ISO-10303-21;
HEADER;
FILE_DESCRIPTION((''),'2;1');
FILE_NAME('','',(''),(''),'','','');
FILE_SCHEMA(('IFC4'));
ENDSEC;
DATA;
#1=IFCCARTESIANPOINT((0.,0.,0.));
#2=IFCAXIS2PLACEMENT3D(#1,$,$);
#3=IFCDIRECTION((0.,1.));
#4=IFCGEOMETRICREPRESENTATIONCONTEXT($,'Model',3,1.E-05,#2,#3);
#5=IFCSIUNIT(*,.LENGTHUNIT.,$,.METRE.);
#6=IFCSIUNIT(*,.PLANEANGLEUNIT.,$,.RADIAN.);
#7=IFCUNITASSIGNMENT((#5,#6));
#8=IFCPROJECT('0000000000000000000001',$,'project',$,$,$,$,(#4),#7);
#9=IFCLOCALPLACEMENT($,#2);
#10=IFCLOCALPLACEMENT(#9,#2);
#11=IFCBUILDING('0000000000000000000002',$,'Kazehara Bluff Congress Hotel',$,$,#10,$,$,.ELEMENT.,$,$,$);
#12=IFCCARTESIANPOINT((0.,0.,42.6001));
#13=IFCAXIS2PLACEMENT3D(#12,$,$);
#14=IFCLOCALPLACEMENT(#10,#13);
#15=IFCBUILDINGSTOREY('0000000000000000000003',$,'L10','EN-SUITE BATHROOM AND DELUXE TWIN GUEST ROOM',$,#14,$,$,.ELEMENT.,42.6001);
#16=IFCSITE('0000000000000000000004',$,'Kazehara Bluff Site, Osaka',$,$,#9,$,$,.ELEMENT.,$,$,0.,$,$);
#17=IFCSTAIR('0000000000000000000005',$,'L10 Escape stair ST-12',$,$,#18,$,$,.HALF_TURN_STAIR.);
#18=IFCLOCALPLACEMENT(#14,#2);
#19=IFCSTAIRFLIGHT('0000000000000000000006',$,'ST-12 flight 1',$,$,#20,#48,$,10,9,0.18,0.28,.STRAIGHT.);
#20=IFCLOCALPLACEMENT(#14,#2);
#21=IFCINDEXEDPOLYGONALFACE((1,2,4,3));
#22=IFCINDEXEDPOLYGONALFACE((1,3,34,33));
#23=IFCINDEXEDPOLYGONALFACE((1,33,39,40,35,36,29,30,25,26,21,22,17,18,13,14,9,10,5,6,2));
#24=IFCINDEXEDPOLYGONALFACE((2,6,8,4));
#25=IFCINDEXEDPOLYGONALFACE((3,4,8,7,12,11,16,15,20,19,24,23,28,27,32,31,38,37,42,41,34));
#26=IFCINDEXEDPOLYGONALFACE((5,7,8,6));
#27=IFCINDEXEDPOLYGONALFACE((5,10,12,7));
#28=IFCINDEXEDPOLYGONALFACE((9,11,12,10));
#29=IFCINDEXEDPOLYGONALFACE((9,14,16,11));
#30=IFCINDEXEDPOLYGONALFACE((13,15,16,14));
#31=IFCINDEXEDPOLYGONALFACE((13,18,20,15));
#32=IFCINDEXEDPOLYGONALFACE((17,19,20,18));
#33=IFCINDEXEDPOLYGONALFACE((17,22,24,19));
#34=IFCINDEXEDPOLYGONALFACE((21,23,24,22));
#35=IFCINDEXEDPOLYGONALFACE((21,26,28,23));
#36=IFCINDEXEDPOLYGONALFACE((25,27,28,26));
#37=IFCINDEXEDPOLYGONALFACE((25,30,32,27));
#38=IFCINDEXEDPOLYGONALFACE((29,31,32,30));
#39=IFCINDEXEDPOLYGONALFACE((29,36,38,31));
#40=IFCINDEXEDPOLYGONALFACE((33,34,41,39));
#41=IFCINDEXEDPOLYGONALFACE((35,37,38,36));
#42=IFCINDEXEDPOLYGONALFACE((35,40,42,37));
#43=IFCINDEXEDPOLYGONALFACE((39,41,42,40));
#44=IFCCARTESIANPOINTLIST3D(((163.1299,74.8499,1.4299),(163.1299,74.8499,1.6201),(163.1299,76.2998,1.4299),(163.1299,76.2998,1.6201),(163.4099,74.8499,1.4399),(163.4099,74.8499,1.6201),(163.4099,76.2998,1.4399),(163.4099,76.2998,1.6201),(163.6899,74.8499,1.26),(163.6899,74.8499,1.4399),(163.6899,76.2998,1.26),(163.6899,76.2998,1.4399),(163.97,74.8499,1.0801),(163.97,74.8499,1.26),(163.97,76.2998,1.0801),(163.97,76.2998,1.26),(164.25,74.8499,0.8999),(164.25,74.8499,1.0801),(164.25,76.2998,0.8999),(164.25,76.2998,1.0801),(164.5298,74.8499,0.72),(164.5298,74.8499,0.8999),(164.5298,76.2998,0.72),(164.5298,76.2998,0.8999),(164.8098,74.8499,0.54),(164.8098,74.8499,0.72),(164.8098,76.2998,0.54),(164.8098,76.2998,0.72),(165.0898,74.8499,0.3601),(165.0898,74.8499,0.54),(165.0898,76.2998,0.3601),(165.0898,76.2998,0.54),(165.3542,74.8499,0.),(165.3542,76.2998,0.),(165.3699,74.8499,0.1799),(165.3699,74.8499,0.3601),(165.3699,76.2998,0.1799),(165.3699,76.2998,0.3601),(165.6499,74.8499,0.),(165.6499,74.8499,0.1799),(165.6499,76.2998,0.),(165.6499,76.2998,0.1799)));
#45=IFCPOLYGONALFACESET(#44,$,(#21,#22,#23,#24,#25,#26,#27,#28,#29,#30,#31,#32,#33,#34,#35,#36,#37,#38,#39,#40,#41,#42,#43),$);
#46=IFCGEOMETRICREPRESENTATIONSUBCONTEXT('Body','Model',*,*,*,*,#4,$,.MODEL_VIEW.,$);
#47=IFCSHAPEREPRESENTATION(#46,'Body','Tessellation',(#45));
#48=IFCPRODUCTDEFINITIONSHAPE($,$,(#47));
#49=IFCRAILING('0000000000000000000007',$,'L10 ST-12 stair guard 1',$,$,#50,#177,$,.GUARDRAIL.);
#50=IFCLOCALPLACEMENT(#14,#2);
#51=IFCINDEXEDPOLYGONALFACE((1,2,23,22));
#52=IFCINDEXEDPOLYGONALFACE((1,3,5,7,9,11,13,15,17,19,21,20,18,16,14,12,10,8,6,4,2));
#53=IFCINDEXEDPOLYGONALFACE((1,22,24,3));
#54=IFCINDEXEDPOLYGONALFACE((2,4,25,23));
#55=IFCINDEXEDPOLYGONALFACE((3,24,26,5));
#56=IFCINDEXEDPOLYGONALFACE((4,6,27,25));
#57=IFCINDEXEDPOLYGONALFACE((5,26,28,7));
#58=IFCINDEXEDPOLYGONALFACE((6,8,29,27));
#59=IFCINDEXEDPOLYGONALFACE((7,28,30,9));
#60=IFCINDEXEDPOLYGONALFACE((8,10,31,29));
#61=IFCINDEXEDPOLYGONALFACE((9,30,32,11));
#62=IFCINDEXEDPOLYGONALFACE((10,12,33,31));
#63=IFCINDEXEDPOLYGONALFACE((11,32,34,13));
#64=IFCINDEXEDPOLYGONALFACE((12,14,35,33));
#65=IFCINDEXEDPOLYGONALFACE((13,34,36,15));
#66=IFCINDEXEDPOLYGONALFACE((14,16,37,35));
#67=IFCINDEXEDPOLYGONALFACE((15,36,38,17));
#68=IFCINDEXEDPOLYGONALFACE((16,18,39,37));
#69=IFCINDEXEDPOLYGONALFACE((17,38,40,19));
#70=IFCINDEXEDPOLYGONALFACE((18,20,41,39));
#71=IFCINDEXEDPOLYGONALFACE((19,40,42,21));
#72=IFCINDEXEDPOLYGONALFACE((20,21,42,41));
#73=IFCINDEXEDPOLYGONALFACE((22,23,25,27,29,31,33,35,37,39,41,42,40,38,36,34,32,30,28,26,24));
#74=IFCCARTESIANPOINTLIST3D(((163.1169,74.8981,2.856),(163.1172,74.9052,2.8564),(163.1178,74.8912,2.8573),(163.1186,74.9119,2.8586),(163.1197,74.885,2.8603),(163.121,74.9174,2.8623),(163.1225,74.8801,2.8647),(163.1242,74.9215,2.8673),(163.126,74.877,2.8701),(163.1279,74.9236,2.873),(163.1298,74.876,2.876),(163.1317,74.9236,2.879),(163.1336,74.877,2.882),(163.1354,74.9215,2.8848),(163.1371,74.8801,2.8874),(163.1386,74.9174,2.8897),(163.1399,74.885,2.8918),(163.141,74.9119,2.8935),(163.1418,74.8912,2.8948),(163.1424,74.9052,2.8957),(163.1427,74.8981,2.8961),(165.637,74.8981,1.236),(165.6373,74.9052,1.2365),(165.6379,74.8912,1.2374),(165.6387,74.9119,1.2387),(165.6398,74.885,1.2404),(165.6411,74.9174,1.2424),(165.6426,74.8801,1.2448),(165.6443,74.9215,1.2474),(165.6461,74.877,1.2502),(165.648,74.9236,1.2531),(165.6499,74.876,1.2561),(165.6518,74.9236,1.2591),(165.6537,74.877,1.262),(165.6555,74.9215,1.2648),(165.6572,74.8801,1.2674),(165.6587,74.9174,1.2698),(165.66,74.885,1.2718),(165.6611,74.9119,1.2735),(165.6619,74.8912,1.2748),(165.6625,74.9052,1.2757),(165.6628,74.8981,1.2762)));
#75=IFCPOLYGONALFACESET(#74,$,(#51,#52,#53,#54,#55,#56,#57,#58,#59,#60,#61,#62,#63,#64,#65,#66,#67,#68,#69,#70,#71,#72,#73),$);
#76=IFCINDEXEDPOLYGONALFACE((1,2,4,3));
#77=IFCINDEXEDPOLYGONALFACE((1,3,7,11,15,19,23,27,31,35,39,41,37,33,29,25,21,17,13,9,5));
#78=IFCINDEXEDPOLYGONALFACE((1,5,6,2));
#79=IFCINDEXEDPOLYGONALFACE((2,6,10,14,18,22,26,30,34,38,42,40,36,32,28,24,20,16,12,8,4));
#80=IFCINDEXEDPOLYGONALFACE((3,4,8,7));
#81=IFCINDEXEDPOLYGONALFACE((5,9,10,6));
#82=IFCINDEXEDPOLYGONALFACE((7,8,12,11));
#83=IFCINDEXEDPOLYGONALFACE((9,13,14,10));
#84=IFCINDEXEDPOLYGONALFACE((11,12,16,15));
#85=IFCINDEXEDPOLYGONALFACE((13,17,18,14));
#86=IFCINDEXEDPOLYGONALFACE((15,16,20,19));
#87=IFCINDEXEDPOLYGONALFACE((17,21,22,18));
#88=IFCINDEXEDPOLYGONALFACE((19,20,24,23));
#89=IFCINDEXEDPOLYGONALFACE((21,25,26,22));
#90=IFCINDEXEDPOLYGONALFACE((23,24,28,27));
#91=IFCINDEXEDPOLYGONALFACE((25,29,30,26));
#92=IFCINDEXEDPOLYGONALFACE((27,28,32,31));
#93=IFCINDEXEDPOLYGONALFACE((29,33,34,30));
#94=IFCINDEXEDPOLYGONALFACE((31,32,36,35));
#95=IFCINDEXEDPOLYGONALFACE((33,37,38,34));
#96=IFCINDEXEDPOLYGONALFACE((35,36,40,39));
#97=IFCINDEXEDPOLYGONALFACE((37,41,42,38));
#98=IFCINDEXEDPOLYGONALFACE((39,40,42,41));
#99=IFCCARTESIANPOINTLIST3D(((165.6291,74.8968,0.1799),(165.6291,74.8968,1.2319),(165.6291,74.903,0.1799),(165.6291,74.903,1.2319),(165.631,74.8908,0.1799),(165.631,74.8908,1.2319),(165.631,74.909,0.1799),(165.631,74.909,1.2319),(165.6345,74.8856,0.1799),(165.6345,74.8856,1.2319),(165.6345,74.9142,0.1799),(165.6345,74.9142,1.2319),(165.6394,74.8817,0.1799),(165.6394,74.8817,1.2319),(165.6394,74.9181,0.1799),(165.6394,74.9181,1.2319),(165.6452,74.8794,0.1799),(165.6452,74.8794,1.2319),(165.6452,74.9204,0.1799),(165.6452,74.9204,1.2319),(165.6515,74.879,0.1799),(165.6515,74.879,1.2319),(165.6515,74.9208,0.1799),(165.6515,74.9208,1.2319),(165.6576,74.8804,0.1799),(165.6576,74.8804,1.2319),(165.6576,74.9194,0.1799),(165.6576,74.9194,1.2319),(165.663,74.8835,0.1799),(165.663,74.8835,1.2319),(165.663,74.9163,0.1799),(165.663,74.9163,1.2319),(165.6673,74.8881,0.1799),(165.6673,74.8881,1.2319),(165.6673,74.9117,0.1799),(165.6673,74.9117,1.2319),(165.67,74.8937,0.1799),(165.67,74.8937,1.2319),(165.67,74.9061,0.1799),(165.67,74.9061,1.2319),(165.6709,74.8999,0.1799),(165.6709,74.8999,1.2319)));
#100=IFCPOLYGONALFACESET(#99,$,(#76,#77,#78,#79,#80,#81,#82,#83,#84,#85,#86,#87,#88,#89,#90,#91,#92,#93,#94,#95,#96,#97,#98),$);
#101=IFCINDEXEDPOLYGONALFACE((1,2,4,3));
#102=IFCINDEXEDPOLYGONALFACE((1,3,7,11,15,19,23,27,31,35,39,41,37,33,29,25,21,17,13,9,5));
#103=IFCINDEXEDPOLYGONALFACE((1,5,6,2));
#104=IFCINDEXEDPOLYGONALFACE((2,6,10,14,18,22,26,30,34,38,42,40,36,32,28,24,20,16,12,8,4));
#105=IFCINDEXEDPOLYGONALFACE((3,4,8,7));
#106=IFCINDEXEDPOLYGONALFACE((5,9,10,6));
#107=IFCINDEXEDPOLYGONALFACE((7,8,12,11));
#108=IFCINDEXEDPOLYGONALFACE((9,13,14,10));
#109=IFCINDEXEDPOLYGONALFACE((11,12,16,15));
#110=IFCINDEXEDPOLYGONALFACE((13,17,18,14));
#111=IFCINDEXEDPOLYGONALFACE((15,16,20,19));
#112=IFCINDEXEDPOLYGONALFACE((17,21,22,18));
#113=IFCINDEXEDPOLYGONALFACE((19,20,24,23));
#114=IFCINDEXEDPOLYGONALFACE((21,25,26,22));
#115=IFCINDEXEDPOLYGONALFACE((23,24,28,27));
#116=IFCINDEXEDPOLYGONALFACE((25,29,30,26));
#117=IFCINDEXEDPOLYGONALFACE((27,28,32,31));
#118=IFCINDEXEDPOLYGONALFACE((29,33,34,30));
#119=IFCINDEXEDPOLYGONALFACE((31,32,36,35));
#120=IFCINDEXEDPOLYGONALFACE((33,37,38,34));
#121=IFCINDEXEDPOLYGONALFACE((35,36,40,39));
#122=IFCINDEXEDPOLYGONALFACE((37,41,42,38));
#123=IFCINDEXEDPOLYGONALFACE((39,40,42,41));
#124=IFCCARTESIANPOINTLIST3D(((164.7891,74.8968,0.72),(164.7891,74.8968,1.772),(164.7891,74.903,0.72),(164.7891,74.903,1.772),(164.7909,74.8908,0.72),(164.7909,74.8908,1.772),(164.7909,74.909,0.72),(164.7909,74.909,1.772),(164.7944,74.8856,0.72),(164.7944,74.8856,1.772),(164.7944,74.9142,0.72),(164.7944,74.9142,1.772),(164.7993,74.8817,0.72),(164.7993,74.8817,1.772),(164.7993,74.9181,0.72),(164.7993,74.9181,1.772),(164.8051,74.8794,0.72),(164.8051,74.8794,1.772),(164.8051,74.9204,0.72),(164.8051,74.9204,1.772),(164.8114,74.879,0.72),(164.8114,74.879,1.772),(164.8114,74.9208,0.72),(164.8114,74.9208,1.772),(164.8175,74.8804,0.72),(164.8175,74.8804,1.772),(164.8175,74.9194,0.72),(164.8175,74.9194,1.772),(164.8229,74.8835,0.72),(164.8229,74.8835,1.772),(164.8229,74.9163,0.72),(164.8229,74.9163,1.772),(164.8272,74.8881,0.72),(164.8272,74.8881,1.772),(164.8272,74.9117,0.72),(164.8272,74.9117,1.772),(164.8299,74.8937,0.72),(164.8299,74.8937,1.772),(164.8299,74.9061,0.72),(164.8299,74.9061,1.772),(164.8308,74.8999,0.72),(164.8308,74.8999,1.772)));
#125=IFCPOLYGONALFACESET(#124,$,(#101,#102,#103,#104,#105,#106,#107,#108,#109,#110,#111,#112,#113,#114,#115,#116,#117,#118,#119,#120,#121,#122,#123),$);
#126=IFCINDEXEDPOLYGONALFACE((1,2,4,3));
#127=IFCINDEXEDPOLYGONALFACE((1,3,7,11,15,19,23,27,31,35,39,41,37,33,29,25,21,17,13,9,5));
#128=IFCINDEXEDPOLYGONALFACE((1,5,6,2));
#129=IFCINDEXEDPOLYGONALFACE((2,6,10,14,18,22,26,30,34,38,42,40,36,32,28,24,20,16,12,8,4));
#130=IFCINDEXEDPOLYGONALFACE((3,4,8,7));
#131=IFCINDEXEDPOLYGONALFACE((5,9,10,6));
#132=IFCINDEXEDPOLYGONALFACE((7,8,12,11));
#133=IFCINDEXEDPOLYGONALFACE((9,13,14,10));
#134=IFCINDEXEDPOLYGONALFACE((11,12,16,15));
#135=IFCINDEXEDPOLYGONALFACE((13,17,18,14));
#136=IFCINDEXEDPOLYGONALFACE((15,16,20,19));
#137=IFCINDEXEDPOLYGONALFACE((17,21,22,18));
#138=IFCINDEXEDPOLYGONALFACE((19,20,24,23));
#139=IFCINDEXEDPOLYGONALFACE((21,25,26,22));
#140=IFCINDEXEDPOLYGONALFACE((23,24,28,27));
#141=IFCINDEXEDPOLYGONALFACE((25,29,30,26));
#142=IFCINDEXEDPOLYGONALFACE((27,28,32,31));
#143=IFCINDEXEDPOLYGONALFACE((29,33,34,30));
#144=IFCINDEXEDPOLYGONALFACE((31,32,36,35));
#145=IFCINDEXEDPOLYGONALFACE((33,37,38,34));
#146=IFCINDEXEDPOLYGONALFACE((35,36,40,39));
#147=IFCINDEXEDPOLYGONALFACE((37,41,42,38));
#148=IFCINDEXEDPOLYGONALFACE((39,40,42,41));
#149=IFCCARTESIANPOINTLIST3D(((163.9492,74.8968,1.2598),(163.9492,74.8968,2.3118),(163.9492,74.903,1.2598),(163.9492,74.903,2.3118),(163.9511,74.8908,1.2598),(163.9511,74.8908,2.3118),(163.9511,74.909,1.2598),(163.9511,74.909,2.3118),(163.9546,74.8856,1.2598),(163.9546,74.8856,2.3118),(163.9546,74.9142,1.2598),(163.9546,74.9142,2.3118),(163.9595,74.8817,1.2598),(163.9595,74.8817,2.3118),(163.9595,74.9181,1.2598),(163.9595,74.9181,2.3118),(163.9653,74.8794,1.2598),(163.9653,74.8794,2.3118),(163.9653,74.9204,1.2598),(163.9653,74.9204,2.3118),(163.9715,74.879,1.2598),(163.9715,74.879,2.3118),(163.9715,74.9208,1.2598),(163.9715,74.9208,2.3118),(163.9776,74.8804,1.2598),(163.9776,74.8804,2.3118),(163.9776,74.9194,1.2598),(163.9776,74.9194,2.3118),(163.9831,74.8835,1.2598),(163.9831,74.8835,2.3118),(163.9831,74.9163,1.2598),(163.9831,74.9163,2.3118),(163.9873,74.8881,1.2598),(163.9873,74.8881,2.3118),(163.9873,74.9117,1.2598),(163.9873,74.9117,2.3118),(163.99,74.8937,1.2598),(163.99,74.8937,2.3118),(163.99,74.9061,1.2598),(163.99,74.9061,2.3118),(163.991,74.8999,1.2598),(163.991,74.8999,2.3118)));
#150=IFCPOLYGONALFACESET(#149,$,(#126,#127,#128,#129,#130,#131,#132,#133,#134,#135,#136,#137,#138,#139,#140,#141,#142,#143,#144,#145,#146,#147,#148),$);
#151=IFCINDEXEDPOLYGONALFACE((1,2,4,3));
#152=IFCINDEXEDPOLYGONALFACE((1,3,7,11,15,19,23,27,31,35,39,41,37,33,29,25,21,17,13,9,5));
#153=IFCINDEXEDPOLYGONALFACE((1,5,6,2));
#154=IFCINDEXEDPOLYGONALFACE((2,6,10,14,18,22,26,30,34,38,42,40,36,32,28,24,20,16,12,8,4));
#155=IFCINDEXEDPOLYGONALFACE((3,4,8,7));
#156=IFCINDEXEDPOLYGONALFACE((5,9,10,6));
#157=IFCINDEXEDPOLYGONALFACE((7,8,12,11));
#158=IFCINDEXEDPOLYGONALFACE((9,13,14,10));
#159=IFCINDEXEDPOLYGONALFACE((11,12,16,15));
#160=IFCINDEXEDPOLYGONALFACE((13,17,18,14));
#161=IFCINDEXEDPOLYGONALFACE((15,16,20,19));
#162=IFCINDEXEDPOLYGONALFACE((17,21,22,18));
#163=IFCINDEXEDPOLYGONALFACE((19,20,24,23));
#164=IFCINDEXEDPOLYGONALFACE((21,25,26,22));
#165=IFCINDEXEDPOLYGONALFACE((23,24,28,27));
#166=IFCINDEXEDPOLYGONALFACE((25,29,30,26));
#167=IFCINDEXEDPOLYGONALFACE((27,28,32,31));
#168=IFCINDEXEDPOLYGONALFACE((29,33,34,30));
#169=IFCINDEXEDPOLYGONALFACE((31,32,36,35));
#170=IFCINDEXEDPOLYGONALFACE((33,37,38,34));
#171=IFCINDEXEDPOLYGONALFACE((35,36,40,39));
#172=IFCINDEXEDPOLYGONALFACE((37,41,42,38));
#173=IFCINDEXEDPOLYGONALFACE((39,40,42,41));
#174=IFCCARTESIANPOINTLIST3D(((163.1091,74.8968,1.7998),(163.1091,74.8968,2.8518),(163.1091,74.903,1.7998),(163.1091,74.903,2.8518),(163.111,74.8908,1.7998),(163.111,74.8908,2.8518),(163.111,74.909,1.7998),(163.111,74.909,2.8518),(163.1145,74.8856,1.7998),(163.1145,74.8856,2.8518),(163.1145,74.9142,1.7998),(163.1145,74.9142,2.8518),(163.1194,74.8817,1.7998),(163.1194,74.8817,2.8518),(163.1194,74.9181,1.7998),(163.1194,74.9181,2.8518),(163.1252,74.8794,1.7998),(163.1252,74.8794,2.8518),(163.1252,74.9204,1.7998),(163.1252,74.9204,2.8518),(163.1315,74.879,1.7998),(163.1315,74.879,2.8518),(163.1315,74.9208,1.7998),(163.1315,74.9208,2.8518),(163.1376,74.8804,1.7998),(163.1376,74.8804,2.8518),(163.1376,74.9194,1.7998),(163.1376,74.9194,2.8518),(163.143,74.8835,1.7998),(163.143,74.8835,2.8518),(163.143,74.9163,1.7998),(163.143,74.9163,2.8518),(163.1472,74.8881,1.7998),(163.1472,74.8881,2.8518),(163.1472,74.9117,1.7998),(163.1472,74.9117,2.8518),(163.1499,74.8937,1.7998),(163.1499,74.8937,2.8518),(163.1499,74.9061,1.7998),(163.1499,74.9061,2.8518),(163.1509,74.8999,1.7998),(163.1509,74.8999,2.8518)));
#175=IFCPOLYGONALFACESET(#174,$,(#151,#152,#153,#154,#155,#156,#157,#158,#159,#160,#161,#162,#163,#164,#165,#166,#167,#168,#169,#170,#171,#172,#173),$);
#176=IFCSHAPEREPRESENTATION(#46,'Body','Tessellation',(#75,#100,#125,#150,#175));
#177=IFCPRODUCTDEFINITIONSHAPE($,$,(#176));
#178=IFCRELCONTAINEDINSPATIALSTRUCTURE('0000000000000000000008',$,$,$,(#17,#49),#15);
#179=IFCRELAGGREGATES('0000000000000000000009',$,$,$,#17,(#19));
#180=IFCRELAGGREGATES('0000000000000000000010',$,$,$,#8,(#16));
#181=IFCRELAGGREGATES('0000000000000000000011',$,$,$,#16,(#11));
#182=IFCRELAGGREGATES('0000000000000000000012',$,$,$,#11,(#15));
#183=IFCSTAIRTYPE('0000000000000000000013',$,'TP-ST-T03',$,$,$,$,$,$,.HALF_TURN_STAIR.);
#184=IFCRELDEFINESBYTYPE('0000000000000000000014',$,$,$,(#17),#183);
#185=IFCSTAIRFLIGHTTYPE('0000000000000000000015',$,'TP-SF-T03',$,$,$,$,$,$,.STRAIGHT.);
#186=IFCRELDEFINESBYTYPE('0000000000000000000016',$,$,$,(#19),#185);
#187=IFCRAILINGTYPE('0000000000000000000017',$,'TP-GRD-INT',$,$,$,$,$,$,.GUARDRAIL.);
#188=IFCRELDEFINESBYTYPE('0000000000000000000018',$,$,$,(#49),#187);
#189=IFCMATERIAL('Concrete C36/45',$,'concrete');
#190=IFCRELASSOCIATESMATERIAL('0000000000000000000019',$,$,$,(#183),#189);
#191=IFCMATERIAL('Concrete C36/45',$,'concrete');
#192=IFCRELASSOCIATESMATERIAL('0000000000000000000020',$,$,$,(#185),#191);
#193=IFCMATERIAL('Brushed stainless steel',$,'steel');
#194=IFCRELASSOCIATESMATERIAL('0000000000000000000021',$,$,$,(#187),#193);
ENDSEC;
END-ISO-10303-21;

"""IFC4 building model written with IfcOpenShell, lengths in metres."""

from ifc_helpers import new_model, si_unit, direction, frame, origin, origin_2d, place, context, subcontext, project, spatial, polyline, circle, outline, extrude, material, type_object, element, aggregate, save


model = new_model("IFC4")

# Units and contexts
model_context = context("Model", 3, precision=1e-05, world=origin(), true_north=direction((0.0, 1.0)))
body_context = subcontext(model_context, "Body", "Model", "MODEL_VIEW")
ifc_project = project(units=[si_unit("LENGTHUNIT", "METRE"), si_unit("PLANEANGLEUNIT", "RADIAN")], contexts=[model_context])

# Site, building, storey
site_placement = place(None, origin())
site = spatial("IfcSite", under=ifc_project, at=site_placement, Name="Kazehara Bluff Site, Osaka", CompositionType="ELEMENT", RefElevation=0.0)
building_placement = place(site_placement, origin())
building = spatial("IfcBuilding", under=site, at=building_placement, Name="Kazehara Bluff Congress Hotel", CompositionType="ELEMENT")
storey_placement = place(building_placement, frame((0.0, 0.0, 42.6001)))
storey = spatial("IfcBuildingStorey", under=building, at=storey_placement, Name="L10", Description="EN-SUITE BATHROOM AND DELUXE TWIN GUEST ROOM", CompositionType="ELEMENT", Elevation=42.6001)

# Stair, stair flight
ifc_material_1 = material(Name="Concrete C36/45", Category="concrete")
stair_type = type_object("IfcStairType", Name="TP-ST-T03", PredefinedType="HALF_TURN_STAIR", material=ifc_material_1)
stair_placement = place(storey_placement, origin())
stair = element("IfcStair", 1, at=stair_placement, inside=storey, type_object=stair_type, Name="L10 Escape stair ST-12", PredefinedType="HALF_TURN_STAIR")
ifc_material_2 = material(Name="Concrete C36/45", Category="concrete")
stair_flight_type = type_object("IfcStairFlightType", Name="TP-SF-T03", PredefinedType="STRAIGHT", material=ifc_material_2)
stair_flight_placement = place(storey_placement, frame((165.6499, 75.575, 0.0), z_axis=(0.0, 0.0, 1.0), x_axis=(-1.0, 0.0, 0.0)))
stair_flight = element("IfcStairFlight", 2, at=stair_flight_placement, type_object=stair_flight_type, Name="ST-12 flight 1", NumberOfRisers=10, NumberOfTreads=9, PredefinedType="STRAIGHT", RiserHeight=0.18, TreadLength=0.28, context=body_context, shape_type="SweptSolid", body=[
    extrude(outline(polyline([(0.0, 0.0), (0.0, 0.1799), (0.28, 0.1799), (0.28, 0.3601), (0.5601, 0.3601), (0.5601, 0.54), (0.8401, 0.54), (0.8401, 0.72), (1.1201, 0.72), (1.1201, 0.8999), (1.3999, 0.8999), (1.3999, 1.0801), (1.6799, 1.0801), (1.6799, 1.26), (1.96, 1.26), (1.96, 1.4399), (2.24, 1.4399), (2.24, 1.6201), (2.52, 1.6201), (2.52, 1.8), (2.52, 1.4299), (0.2957, 0.0), (0.0, 0.0)])), frame((0.0, 0.7251, 0.0), z_axis=(0.0, -1.0, 0.0), x_axis=(1.0, 0.0, 0.0)), (0.0, 0.0, 1.0), 1.45),
])
aggregate(stair, [stair_flight])

# Railing
ifc_material_3 = material(Name="Brushed stainless steel", Category="steel")
railing_type_1 = type_object("IfcRailingType", Name="TP-GRD-INT", PredefinedType="GUARDRAIL", material=ifc_material_3)
railing_1_placement = place(storey_placement, frame((165.6499, 74.8999, 0.1799)))
element("IfcRailing", 3, at=railing_1_placement, inside=storey, type_object=railing_type_1, Name="L10 ST-12 stair guard 1", PredefinedType="GUARDRAIL", context=body_context, shape_type="SweptSolid", body=[
    extrude(circle(Radius=0.0239, at=origin_2d()), frame((0.0, 0.0, 1.0762), z_axis=(-0.8412, 0.0, 0.540725), x_axis=(0.0, -1.0, 0.0)), (0.0, 0.0, 1.0), 2.9958),
    extrude(circle(Radius=0.021, at=origin_2d()), origin(), (0.0, 0.0, 1.0), 1.052),
    extrude(circle(Radius=0.021, at=origin_2d()), frame((-0.8401, 0.0, 0.54)), (0.0, 0.0, 1.0), 1.052),
    extrude(circle(Radius=0.021, at=origin_2d()), frame((-1.6799, 0.0, 1.0798)), (0.0, 0.0, 1.0), 1.052),
    extrude(circle(Radius=0.021, at=origin_2d()), frame((-2.52, 0.0, 1.6199)), (0.0, 0.0, 1.0), 1.052),
])

save(model, "model.ifc")
